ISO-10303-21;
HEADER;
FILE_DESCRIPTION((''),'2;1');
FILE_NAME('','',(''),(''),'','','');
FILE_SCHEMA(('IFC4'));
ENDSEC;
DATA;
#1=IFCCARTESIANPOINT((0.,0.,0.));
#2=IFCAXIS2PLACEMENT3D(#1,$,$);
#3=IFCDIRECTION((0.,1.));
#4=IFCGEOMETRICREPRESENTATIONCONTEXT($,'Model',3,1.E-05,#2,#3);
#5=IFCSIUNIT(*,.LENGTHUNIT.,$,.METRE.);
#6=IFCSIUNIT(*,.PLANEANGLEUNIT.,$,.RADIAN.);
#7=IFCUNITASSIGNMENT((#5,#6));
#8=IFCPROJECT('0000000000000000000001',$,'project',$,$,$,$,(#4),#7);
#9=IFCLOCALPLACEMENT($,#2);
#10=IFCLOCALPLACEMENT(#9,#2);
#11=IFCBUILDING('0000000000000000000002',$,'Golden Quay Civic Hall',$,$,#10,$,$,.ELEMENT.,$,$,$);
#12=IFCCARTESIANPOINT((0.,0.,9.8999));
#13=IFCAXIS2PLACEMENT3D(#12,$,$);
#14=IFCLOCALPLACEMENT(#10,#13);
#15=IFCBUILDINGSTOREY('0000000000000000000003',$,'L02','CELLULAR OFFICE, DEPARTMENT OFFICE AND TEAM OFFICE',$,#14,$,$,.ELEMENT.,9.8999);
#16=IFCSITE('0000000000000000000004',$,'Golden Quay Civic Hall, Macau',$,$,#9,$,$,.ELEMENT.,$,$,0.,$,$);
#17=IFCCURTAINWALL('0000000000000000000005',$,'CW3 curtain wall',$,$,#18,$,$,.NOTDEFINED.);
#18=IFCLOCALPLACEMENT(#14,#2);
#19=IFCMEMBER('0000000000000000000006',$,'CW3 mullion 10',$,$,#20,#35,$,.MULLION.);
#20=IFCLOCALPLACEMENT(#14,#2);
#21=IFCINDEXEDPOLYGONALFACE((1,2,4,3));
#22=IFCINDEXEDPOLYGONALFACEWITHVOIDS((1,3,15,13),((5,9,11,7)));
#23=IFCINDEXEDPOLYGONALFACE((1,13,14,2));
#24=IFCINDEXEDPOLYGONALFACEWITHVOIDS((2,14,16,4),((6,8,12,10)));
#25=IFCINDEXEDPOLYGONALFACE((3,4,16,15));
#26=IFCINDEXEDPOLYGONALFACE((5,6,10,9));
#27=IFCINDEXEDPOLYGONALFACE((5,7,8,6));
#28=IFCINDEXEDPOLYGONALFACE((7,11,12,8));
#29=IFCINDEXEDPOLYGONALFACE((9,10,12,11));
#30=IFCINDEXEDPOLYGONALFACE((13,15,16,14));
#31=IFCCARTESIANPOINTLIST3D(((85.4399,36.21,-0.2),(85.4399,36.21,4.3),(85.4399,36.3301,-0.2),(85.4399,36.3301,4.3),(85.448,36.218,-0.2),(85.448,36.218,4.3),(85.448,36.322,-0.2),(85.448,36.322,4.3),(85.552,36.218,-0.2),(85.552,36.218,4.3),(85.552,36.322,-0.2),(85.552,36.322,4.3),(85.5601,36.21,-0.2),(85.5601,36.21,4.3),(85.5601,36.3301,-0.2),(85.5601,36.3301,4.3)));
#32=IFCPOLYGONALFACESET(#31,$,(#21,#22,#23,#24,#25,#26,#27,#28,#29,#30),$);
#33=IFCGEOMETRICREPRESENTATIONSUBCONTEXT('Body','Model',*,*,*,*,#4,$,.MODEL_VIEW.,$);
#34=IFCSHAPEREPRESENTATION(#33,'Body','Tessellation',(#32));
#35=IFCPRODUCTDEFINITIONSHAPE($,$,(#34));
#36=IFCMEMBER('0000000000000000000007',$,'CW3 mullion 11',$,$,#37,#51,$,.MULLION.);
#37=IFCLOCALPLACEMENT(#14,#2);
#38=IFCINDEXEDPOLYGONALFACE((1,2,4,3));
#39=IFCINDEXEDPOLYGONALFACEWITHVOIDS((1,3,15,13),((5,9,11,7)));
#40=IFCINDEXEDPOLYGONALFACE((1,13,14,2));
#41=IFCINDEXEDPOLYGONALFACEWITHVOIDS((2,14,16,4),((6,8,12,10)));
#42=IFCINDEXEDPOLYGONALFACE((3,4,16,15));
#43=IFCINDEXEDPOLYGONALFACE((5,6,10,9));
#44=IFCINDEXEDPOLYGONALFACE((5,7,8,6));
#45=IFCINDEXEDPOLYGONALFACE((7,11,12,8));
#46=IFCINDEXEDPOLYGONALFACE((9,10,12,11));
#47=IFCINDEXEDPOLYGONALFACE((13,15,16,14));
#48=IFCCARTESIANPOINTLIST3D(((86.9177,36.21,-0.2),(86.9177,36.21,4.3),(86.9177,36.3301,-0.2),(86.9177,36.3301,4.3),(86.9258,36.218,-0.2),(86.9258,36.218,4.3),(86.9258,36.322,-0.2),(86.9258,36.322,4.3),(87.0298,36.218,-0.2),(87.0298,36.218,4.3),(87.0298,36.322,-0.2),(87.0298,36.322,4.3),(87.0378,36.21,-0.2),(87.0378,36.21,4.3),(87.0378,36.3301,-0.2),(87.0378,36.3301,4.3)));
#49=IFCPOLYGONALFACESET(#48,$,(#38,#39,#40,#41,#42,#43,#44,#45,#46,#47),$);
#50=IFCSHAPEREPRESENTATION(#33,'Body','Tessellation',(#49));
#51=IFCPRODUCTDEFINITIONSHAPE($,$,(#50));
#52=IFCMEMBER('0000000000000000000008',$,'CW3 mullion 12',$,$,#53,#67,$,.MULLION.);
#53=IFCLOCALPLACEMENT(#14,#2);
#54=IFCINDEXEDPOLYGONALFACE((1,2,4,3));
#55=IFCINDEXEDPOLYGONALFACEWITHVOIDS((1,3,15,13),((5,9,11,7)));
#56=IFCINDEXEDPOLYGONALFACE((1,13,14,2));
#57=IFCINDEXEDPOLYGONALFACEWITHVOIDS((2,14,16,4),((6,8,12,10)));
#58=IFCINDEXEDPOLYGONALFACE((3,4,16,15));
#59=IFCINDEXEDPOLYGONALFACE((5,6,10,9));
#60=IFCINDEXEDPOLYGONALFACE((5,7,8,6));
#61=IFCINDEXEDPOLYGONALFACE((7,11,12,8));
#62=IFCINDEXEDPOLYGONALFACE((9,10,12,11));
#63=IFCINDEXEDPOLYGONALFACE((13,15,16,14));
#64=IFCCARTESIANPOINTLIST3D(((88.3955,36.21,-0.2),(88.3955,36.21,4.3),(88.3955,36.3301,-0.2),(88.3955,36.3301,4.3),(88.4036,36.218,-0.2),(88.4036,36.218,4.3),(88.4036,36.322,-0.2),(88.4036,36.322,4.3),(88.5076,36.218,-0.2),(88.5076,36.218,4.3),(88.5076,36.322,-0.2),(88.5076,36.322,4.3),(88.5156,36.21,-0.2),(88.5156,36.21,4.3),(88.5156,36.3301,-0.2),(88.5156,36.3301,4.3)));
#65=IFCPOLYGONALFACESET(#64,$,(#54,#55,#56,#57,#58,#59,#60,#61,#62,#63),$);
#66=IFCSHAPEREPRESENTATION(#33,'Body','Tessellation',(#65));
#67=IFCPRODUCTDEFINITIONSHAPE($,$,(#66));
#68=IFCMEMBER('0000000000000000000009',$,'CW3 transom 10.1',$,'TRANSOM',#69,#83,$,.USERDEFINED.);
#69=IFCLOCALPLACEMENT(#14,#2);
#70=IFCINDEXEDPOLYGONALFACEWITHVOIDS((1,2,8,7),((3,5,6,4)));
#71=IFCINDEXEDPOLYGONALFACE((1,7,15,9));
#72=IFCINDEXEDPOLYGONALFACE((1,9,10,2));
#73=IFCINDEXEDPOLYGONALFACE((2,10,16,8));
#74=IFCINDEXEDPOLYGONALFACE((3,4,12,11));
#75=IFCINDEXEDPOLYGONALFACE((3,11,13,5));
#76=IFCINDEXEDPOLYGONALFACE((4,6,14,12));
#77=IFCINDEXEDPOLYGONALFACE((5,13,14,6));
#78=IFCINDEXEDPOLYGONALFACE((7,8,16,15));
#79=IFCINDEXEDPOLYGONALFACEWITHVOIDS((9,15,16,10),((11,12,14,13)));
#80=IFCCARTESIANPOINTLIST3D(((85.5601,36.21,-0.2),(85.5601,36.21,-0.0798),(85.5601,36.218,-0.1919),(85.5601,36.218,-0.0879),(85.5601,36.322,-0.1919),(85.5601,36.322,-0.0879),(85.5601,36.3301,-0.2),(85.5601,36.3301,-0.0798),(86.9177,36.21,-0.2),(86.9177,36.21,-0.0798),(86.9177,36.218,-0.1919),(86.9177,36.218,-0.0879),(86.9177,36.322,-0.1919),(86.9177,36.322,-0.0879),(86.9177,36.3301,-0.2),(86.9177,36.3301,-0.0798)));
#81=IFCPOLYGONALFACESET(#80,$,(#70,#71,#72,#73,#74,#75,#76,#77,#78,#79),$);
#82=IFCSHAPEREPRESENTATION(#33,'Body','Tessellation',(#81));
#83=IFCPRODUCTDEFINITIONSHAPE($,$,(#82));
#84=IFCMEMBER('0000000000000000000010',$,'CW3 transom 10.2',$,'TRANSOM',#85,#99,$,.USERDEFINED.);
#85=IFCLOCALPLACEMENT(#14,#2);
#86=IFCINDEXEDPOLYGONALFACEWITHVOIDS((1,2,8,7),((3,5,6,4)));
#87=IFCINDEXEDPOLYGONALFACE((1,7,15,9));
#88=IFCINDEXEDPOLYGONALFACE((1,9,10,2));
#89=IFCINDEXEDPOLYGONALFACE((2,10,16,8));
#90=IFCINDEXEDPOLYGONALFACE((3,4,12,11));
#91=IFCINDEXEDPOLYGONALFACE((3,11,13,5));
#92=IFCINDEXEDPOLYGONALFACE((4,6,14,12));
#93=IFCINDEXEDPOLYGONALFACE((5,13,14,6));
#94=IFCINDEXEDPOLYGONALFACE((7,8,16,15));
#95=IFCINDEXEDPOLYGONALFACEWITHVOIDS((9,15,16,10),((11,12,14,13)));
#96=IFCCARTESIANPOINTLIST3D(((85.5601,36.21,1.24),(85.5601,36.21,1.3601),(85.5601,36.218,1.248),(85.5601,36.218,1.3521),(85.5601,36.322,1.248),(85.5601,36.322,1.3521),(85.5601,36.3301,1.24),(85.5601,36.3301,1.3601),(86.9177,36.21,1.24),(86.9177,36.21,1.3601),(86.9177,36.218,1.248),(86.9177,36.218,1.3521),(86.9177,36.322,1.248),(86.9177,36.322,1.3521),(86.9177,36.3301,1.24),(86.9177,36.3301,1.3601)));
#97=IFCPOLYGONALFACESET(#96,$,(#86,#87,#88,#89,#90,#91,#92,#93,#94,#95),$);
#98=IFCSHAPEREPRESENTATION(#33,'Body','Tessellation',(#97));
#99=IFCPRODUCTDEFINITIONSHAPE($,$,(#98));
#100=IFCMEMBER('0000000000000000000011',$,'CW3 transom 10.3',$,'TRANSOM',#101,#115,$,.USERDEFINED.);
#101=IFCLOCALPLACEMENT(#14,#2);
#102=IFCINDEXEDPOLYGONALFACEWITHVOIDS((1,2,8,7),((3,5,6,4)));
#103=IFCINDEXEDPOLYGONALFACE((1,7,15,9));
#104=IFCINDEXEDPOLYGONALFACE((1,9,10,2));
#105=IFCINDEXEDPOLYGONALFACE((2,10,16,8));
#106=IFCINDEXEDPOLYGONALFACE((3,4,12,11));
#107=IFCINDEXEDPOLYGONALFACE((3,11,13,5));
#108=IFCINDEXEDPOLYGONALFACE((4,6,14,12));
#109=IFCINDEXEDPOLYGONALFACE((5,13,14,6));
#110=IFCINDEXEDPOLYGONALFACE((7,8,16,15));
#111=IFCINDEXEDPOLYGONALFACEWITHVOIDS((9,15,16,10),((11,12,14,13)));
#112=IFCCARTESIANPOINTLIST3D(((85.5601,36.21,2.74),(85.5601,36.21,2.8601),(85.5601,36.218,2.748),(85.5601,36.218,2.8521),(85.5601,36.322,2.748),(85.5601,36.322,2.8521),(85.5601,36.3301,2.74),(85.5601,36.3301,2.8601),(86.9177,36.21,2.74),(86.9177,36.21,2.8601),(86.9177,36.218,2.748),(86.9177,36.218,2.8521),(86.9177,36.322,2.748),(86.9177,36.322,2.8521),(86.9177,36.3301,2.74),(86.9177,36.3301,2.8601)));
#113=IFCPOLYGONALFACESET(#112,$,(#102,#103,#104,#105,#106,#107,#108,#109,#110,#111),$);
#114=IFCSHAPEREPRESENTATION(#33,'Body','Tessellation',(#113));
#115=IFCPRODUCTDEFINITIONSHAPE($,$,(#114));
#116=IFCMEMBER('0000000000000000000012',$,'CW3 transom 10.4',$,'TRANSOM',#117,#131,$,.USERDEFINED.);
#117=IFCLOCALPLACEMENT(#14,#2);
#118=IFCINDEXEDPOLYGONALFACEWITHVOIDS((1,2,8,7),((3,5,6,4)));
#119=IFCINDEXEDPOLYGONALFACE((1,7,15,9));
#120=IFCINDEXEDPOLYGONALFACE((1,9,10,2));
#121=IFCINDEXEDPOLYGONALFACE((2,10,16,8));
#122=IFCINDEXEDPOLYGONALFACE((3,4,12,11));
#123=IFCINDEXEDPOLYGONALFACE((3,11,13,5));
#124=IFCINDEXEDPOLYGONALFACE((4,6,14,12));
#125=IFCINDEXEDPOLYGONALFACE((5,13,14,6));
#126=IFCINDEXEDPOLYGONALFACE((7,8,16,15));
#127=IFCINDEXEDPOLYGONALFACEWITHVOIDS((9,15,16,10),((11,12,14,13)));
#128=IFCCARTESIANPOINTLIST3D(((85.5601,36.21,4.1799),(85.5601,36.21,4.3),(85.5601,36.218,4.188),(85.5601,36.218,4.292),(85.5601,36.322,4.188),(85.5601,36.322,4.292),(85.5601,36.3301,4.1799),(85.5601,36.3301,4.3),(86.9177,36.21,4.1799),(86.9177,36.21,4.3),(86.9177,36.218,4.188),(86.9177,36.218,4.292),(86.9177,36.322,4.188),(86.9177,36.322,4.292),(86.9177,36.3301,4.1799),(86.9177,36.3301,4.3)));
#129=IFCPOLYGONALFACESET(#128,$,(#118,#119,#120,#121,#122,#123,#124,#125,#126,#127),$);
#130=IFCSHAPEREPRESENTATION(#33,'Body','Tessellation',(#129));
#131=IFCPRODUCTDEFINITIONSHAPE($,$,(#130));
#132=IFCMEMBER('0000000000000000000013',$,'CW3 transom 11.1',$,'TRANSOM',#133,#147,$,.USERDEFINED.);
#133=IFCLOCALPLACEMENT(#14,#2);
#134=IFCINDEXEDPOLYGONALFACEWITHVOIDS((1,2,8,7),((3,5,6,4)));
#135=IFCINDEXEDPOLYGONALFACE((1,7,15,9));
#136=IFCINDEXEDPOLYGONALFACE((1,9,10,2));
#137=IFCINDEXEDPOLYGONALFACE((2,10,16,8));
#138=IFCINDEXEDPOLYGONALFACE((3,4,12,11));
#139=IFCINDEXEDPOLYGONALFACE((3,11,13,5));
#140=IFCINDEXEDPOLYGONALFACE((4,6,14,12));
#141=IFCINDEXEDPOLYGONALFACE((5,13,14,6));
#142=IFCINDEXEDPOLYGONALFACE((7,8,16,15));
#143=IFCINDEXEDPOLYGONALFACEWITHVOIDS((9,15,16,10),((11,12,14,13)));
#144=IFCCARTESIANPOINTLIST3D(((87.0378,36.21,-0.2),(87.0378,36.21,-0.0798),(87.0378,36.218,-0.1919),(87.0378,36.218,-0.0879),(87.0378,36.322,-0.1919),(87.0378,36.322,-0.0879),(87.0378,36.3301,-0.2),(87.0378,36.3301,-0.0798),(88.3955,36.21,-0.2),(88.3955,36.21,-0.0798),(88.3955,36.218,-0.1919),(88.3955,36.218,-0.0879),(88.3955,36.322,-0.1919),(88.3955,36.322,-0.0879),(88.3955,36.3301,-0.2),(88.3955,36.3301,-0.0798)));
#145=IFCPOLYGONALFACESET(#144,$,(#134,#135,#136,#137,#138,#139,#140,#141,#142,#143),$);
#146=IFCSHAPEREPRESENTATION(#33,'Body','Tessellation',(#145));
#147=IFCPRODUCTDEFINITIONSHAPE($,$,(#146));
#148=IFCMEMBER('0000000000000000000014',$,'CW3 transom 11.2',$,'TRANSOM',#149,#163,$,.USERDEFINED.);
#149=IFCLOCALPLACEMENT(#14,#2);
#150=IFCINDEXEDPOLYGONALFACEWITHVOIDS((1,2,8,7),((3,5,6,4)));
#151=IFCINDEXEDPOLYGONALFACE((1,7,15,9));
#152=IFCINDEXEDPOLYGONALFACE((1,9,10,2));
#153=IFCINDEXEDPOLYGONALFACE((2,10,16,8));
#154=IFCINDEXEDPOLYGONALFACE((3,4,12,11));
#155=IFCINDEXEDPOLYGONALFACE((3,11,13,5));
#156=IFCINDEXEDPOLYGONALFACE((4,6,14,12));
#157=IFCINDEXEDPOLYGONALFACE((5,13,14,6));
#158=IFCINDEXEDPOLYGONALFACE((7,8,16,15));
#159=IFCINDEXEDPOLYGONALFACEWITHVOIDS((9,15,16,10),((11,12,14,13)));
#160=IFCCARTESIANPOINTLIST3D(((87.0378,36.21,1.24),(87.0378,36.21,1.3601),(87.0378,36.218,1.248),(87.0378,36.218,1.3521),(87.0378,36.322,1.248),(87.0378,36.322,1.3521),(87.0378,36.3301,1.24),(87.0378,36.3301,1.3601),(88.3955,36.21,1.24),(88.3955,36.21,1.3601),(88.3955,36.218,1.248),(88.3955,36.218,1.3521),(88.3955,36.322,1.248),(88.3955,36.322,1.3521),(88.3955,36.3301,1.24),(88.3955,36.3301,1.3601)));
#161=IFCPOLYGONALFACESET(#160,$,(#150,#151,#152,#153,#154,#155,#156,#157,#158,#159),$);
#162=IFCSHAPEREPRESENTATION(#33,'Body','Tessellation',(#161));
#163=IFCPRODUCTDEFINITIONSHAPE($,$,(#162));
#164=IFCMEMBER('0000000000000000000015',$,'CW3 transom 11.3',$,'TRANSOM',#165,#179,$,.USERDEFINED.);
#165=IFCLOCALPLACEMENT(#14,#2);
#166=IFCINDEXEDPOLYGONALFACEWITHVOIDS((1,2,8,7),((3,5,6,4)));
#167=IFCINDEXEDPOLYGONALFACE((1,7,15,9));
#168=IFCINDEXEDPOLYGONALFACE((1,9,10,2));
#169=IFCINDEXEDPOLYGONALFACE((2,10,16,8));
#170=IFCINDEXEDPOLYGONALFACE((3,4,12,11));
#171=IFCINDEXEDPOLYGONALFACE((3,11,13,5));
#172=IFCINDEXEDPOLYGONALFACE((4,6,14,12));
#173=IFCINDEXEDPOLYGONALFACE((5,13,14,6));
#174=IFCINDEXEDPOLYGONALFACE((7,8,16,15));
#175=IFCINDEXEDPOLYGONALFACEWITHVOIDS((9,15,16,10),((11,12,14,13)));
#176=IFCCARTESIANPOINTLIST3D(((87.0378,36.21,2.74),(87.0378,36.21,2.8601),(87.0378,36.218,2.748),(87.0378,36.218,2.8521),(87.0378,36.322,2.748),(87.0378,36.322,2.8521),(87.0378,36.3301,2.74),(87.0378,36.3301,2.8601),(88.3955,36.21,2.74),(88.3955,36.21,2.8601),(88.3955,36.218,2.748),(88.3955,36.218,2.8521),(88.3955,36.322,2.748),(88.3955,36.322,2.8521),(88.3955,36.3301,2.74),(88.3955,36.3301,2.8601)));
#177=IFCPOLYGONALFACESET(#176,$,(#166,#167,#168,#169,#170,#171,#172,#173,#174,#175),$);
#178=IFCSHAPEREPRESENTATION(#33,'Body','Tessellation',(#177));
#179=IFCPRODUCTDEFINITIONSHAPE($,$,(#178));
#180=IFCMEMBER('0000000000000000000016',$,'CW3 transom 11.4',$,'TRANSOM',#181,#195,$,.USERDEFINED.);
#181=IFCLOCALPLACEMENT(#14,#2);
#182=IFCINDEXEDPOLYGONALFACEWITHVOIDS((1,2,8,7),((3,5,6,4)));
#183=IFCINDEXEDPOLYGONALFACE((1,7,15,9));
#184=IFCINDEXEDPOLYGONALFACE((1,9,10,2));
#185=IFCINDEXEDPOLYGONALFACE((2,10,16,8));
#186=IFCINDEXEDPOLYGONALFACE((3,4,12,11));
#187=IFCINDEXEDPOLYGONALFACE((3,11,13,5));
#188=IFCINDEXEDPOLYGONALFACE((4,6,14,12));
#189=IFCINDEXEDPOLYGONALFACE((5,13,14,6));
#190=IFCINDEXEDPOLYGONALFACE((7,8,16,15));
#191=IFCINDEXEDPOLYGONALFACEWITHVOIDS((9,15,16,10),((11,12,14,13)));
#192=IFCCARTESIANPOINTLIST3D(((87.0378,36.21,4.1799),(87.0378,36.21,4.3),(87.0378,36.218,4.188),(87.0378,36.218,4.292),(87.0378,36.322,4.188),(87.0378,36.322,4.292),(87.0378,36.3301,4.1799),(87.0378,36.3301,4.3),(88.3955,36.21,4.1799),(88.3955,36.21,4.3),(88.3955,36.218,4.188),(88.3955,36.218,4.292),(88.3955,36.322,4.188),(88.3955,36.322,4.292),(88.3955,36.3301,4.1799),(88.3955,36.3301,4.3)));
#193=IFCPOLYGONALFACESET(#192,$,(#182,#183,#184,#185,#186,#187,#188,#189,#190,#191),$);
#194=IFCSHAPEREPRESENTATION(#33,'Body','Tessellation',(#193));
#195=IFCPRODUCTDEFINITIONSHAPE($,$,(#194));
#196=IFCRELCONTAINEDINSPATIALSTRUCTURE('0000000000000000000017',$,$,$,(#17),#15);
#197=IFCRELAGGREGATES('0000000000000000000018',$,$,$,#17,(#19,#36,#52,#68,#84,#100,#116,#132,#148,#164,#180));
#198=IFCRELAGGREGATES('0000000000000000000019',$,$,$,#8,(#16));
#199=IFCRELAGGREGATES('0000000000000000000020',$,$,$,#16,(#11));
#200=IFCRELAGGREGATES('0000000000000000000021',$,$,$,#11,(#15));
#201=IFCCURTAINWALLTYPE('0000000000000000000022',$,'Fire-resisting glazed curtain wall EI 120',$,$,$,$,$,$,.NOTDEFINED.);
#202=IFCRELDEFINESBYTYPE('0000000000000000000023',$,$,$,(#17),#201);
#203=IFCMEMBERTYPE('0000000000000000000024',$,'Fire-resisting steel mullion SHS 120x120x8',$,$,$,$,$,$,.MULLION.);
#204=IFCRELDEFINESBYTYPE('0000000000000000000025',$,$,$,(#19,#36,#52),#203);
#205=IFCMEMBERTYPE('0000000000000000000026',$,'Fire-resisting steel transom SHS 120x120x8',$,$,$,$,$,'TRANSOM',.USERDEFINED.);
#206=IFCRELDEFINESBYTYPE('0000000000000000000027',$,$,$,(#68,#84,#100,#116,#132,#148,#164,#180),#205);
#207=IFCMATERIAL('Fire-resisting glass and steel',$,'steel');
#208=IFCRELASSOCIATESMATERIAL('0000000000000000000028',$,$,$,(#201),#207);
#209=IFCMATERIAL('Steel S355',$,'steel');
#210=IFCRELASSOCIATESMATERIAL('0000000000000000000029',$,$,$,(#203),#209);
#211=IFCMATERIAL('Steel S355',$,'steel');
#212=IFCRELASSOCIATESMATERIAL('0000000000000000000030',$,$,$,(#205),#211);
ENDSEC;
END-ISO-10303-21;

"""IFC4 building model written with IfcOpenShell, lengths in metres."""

from ifc_helpers import new_model, si_unit, direction, frame, origin, origin_2d, place, context, subcontext, project, spatial, hollow_rectangle, extrude, material, material_profile, profile_set, type_object, element, aggregate, save


model = new_model("IFC4")

# Units and contexts
model_context = context("Model", 3, precision=1e-05, world=origin(), true_north=direction((0.0, 1.0)))
body_context = subcontext(model_context, "Body", "Model", "MODEL_VIEW")
ifc_project = project(units=[si_unit("LENGTHUNIT", "METRE"), si_unit("PLANEANGLEUNIT", "RADIAN")], contexts=[model_context])

# Site, building, storey
site_placement = place(None, origin())
site = spatial("IfcSite", under=ifc_project, at=site_placement, Name="Golden Quay Civic Hall, Macau", CompositionType="ELEMENT", RefElevation=0.0)
building_placement = place(site_placement, origin())
building = spatial("IfcBuilding", under=site, at=building_placement, Name="Golden Quay Civic Hall", CompositionType="ELEMENT")
storey_placement = place(building_placement, frame((0.0, 0.0, 9.8999)))
storey = spatial("IfcBuildingStorey", under=building, at=storey_placement, Name="L02", Description="CELLULAR OFFICE, DEPARTMENT OFFICE AND TEAM OFFICE", CompositionType="ELEMENT", Elevation=9.8999)

# Curtain wall, members
ifc_material_1 = material(Name="Fire-resisting glass and steel", Category="steel")
curtain_wall_type = type_object("IfcCurtainWallType", Name="Fire-resisting glazed curtain wall EI 120", PredefinedType="NOTDEFINED", material=ifc_material_1)
curtain_wall_placement = place(storey_placement, origin())
curtain_wall = element("IfcCurtainWall", 1, at=curtain_wall_placement, inside=storey, type_object=curtain_wall_type, Name="CW3 curtain wall", PredefinedType="NOTDEFINED")
ifc_material_2 = material(Name="Steel S355", Category="steel")
ifc_material_profile_1 = material_profile(ifc_material_2, hollow_rectangle(XDim=0.1201, YDim=0.1201, WallThickness=0.0081, at=origin_2d()), Name="SHS 120x120x8")
ifc_profile_set_1 = profile_set([ifc_material_profile_1], Name="Steel S355")
member_type_1 = type_object("IfcMemberType", Name="Fire-resisting steel mullion SHS 120x120x8", PredefinedType="MULLION", material=ifc_profile_set_1)
member_1_placement = place(storey_placement, frame((85.5, 36.27, -0.2), z_axis=(0.0, 0.0, 1.0), x_axis=(0.0, 1.0, 0.0)))
member_1 = element("IfcMember", 2, at=member_1_placement, type_object=member_type_1, Name="CW3 mullion 10", PredefinedType="MULLION", context=body_context, shape_type="SweptSolid", body=[
    extrude(hollow_rectangle(XDim=0.1201, YDim=0.1201, WallThickness=0.0081, at=origin_2d()), origin(), (0.0, 0.0, 1.0), 4.5),
])
member_2_placement = place(storey_placement, frame((86.9778, 36.27, -0.2), z_axis=(0.0, 0.0, 1.0), x_axis=(0.0, 1.0, 0.0)))
member_2 = element("IfcMember", 3, at=member_2_placement, type_object=member_type_1, Name="CW3 mullion 11", PredefinedType="MULLION", context=body_context, shape_type="SweptSolid", body=[
    extrude(hollow_rectangle(XDim=0.1201, YDim=0.1201, WallThickness=0.0081, at=origin_2d()), origin(), (0.0, 0.0, 1.0), 4.5),
])
member_3_placement = place(storey_placement, frame((88.4556, 36.27, -0.2), z_axis=(0.0, 0.0, 1.0), x_axis=(0.0, 1.0, 0.0)))
member_3 = element("IfcMember", 4, at=member_3_placement, type_object=member_type_1, Name="CW3 mullion 12", PredefinedType="MULLION", context=body_context, shape_type="SweptSolid", body=[
    extrude(hollow_rectangle(XDim=0.1201, YDim=0.1201, WallThickness=0.0081, at=origin_2d()), origin(), (0.0, 0.0, 1.0), 4.5),
])
ifc_material_3 = material(Name="Steel S355", Category="steel")
ifc_material_profile_2 = material_profile(ifc_material_3, hollow_rectangle(XDim=0.1201, YDim=0.1201, WallThickness=0.0081, at=origin_2d()), Name="SHS 120x120x8")
ifc_profile_set_2 = profile_set([ifc_material_profile_2], Name="Steel S355")
member_type_2 = type_object("IfcMemberType", Name="Fire-resisting steel transom SHS 120x120x8", ElementType="TRANSOM", PredefinedType="USERDEFINED", material=ifc_profile_set_2)
member_4_placement = place(storey_placement, frame((85.5601, 36.27, -0.1399), z_axis=(1.0, 0.0, 0.0), x_axis=(0.0, 1.0, 0.0)))
member_4 = element("IfcMember", 5, at=member_4_placement, type_object=member_type_2, Name="CW3 transom 10.1", ObjectType="TRANSOM", PredefinedType="USERDEFINED", context=body_context, shape_type="SweptSolid", body=[
    extrude(hollow_rectangle(XDim=0.1201, YDim=0.1201, WallThickness=0.0081, at=origin_2d()), origin(), (0.0, 0.0, 1.0), 1.3577),
])
member_5_placement = place(storey_placement, frame((85.5601, 36.27, 1.3), z_axis=(1.0, 0.0, 0.0), x_axis=(0.0, 1.0, 0.0)))
member_5 = element("IfcMember", 6, at=member_5_placement, type_object=member_type_2, Name="CW3 transom 10.2", ObjectType="TRANSOM", PredefinedType="USERDEFINED", context=body_context, shape_type="SweptSolid", body=[
    extrude(hollow_rectangle(XDim=0.1201, YDim=0.1201, WallThickness=0.0081, at=origin_2d()), origin(), (0.0, 0.0, 1.0), 1.3577),
])
member_6_placement = place(storey_placement, frame((85.5601, 36.27, 2.8), z_axis=(1.0, 0.0, 0.0), x_axis=(0.0, 1.0, 0.0)))
member_6 = element("IfcMember", 7, at=member_6_placement, type_object=member_type_2, Name="CW3 transom 10.3", ObjectType="TRANSOM", PredefinedType="USERDEFINED", context=body_context, shape_type="SweptSolid", body=[
    extrude(hollow_rectangle(XDim=0.1201, YDim=0.1201, WallThickness=0.0081, at=origin_2d()), origin(), (0.0, 0.0, 1.0), 1.3577),
])
member_7_placement = place(storey_placement, frame((85.5601, 36.27, 4.24), z_axis=(1.0, 0.0, 0.0), x_axis=(0.0, 1.0, 0.0)))
member_7 = element("IfcMember", 8, at=member_7_placement, type_object=member_type_2, Name="CW3 transom 10.4", ObjectType="TRANSOM", PredefinedType="USERDEFINED", context=body_context, shape_type="SweptSolid", body=[
    extrude(hollow_rectangle(XDim=0.1201, YDim=0.1201, WallThickness=0.0081, at=origin_2d()), origin(), (0.0, 0.0, 1.0), 1.3577),
])
member_8_placement = place(storey_placement, frame((87.0378, 36.27, -0.1399), z_axis=(1.0, 0.0, 0.0), x_axis=(0.0, 1.0, 0.0)))
member_8 = element("IfcMember", 9, at=member_8_placement, type_object=member_type_2, Name="CW3 transom 11.1", ObjectType="TRANSOM", PredefinedType="USERDEFINED", context=body_context, shape_type="SweptSolid", body=[
    extrude(hollow_rectangle(XDim=0.1201, YDim=0.1201, WallThickness=0.0081, at=origin_2d()), origin(), (0.0, 0.0, 1.0), 1.3577),
])
member_9_placement = place(storey_placement, frame((87.0378, 36.27, 1.3), z_axis=(1.0, 0.0, 0.0), x_axis=(0.0, 1.0, 0.0)))
member_9 = element("IfcMember", 10, at=member_9_placement, type_object=member_type_2, Name="CW3 transom 11.2", ObjectType="TRANSOM", PredefinedType="USERDEFINED", context=body_context, shape_type="SweptSolid", body=[
    extrude(hollow_rectangle(XDim=0.1201, YDim=0.1201, WallThickness=0.0081, at=origin_2d()), origin(), (0.0, 0.0, 1.0), 1.3577),
])
member_10_placement = place(storey_placement, frame((87.0378, 36.27, 2.8), z_axis=(1.0, 0.0, 0.0), x_axis=(0.0, 1.0, 0.0)))
member_10 = element("IfcMember", 11, at=member_10_placement, type_object=member_type_2, Name="CW3 transom 11.3", ObjectType="TRANSOM", PredefinedType="USERDEFINED", context=body_context, shape_type="SweptSolid", body=[
    extrude(hollow_rectangle(XDim=0.1201, YDim=0.1201, WallThickness=0.0081, at=origin_2d()), origin(), (0.0, 0.0, 1.0), 1.3577),
])
member_11_placement = place(storey_placement, frame((87.0378, 36.27, 4.24), z_axis=(1.0, 0.0, 0.0), x_axis=(0.0, 1.0, 0.0)))
member_11 = element("IfcMember", 12, at=member_11_placement, type_object=member_type_2, Name="CW3 transom 11.4", ObjectType="TRANSOM", PredefinedType="USERDEFINED", context=body_context, shape_type="SweptSolid", body=[
    extrude(hollow_rectangle(XDim=0.1201, YDim=0.1201, WallThickness=0.0081, at=origin_2d()), origin(), (0.0, 0.0, 1.0), 1.3577),
])
aggregate(curtain_wall, [member_1, member_2, member_3, member_4, member_5, member_6, member_7, member_8, member_9, member_10, member_11])

save(model, "model.ifc")
